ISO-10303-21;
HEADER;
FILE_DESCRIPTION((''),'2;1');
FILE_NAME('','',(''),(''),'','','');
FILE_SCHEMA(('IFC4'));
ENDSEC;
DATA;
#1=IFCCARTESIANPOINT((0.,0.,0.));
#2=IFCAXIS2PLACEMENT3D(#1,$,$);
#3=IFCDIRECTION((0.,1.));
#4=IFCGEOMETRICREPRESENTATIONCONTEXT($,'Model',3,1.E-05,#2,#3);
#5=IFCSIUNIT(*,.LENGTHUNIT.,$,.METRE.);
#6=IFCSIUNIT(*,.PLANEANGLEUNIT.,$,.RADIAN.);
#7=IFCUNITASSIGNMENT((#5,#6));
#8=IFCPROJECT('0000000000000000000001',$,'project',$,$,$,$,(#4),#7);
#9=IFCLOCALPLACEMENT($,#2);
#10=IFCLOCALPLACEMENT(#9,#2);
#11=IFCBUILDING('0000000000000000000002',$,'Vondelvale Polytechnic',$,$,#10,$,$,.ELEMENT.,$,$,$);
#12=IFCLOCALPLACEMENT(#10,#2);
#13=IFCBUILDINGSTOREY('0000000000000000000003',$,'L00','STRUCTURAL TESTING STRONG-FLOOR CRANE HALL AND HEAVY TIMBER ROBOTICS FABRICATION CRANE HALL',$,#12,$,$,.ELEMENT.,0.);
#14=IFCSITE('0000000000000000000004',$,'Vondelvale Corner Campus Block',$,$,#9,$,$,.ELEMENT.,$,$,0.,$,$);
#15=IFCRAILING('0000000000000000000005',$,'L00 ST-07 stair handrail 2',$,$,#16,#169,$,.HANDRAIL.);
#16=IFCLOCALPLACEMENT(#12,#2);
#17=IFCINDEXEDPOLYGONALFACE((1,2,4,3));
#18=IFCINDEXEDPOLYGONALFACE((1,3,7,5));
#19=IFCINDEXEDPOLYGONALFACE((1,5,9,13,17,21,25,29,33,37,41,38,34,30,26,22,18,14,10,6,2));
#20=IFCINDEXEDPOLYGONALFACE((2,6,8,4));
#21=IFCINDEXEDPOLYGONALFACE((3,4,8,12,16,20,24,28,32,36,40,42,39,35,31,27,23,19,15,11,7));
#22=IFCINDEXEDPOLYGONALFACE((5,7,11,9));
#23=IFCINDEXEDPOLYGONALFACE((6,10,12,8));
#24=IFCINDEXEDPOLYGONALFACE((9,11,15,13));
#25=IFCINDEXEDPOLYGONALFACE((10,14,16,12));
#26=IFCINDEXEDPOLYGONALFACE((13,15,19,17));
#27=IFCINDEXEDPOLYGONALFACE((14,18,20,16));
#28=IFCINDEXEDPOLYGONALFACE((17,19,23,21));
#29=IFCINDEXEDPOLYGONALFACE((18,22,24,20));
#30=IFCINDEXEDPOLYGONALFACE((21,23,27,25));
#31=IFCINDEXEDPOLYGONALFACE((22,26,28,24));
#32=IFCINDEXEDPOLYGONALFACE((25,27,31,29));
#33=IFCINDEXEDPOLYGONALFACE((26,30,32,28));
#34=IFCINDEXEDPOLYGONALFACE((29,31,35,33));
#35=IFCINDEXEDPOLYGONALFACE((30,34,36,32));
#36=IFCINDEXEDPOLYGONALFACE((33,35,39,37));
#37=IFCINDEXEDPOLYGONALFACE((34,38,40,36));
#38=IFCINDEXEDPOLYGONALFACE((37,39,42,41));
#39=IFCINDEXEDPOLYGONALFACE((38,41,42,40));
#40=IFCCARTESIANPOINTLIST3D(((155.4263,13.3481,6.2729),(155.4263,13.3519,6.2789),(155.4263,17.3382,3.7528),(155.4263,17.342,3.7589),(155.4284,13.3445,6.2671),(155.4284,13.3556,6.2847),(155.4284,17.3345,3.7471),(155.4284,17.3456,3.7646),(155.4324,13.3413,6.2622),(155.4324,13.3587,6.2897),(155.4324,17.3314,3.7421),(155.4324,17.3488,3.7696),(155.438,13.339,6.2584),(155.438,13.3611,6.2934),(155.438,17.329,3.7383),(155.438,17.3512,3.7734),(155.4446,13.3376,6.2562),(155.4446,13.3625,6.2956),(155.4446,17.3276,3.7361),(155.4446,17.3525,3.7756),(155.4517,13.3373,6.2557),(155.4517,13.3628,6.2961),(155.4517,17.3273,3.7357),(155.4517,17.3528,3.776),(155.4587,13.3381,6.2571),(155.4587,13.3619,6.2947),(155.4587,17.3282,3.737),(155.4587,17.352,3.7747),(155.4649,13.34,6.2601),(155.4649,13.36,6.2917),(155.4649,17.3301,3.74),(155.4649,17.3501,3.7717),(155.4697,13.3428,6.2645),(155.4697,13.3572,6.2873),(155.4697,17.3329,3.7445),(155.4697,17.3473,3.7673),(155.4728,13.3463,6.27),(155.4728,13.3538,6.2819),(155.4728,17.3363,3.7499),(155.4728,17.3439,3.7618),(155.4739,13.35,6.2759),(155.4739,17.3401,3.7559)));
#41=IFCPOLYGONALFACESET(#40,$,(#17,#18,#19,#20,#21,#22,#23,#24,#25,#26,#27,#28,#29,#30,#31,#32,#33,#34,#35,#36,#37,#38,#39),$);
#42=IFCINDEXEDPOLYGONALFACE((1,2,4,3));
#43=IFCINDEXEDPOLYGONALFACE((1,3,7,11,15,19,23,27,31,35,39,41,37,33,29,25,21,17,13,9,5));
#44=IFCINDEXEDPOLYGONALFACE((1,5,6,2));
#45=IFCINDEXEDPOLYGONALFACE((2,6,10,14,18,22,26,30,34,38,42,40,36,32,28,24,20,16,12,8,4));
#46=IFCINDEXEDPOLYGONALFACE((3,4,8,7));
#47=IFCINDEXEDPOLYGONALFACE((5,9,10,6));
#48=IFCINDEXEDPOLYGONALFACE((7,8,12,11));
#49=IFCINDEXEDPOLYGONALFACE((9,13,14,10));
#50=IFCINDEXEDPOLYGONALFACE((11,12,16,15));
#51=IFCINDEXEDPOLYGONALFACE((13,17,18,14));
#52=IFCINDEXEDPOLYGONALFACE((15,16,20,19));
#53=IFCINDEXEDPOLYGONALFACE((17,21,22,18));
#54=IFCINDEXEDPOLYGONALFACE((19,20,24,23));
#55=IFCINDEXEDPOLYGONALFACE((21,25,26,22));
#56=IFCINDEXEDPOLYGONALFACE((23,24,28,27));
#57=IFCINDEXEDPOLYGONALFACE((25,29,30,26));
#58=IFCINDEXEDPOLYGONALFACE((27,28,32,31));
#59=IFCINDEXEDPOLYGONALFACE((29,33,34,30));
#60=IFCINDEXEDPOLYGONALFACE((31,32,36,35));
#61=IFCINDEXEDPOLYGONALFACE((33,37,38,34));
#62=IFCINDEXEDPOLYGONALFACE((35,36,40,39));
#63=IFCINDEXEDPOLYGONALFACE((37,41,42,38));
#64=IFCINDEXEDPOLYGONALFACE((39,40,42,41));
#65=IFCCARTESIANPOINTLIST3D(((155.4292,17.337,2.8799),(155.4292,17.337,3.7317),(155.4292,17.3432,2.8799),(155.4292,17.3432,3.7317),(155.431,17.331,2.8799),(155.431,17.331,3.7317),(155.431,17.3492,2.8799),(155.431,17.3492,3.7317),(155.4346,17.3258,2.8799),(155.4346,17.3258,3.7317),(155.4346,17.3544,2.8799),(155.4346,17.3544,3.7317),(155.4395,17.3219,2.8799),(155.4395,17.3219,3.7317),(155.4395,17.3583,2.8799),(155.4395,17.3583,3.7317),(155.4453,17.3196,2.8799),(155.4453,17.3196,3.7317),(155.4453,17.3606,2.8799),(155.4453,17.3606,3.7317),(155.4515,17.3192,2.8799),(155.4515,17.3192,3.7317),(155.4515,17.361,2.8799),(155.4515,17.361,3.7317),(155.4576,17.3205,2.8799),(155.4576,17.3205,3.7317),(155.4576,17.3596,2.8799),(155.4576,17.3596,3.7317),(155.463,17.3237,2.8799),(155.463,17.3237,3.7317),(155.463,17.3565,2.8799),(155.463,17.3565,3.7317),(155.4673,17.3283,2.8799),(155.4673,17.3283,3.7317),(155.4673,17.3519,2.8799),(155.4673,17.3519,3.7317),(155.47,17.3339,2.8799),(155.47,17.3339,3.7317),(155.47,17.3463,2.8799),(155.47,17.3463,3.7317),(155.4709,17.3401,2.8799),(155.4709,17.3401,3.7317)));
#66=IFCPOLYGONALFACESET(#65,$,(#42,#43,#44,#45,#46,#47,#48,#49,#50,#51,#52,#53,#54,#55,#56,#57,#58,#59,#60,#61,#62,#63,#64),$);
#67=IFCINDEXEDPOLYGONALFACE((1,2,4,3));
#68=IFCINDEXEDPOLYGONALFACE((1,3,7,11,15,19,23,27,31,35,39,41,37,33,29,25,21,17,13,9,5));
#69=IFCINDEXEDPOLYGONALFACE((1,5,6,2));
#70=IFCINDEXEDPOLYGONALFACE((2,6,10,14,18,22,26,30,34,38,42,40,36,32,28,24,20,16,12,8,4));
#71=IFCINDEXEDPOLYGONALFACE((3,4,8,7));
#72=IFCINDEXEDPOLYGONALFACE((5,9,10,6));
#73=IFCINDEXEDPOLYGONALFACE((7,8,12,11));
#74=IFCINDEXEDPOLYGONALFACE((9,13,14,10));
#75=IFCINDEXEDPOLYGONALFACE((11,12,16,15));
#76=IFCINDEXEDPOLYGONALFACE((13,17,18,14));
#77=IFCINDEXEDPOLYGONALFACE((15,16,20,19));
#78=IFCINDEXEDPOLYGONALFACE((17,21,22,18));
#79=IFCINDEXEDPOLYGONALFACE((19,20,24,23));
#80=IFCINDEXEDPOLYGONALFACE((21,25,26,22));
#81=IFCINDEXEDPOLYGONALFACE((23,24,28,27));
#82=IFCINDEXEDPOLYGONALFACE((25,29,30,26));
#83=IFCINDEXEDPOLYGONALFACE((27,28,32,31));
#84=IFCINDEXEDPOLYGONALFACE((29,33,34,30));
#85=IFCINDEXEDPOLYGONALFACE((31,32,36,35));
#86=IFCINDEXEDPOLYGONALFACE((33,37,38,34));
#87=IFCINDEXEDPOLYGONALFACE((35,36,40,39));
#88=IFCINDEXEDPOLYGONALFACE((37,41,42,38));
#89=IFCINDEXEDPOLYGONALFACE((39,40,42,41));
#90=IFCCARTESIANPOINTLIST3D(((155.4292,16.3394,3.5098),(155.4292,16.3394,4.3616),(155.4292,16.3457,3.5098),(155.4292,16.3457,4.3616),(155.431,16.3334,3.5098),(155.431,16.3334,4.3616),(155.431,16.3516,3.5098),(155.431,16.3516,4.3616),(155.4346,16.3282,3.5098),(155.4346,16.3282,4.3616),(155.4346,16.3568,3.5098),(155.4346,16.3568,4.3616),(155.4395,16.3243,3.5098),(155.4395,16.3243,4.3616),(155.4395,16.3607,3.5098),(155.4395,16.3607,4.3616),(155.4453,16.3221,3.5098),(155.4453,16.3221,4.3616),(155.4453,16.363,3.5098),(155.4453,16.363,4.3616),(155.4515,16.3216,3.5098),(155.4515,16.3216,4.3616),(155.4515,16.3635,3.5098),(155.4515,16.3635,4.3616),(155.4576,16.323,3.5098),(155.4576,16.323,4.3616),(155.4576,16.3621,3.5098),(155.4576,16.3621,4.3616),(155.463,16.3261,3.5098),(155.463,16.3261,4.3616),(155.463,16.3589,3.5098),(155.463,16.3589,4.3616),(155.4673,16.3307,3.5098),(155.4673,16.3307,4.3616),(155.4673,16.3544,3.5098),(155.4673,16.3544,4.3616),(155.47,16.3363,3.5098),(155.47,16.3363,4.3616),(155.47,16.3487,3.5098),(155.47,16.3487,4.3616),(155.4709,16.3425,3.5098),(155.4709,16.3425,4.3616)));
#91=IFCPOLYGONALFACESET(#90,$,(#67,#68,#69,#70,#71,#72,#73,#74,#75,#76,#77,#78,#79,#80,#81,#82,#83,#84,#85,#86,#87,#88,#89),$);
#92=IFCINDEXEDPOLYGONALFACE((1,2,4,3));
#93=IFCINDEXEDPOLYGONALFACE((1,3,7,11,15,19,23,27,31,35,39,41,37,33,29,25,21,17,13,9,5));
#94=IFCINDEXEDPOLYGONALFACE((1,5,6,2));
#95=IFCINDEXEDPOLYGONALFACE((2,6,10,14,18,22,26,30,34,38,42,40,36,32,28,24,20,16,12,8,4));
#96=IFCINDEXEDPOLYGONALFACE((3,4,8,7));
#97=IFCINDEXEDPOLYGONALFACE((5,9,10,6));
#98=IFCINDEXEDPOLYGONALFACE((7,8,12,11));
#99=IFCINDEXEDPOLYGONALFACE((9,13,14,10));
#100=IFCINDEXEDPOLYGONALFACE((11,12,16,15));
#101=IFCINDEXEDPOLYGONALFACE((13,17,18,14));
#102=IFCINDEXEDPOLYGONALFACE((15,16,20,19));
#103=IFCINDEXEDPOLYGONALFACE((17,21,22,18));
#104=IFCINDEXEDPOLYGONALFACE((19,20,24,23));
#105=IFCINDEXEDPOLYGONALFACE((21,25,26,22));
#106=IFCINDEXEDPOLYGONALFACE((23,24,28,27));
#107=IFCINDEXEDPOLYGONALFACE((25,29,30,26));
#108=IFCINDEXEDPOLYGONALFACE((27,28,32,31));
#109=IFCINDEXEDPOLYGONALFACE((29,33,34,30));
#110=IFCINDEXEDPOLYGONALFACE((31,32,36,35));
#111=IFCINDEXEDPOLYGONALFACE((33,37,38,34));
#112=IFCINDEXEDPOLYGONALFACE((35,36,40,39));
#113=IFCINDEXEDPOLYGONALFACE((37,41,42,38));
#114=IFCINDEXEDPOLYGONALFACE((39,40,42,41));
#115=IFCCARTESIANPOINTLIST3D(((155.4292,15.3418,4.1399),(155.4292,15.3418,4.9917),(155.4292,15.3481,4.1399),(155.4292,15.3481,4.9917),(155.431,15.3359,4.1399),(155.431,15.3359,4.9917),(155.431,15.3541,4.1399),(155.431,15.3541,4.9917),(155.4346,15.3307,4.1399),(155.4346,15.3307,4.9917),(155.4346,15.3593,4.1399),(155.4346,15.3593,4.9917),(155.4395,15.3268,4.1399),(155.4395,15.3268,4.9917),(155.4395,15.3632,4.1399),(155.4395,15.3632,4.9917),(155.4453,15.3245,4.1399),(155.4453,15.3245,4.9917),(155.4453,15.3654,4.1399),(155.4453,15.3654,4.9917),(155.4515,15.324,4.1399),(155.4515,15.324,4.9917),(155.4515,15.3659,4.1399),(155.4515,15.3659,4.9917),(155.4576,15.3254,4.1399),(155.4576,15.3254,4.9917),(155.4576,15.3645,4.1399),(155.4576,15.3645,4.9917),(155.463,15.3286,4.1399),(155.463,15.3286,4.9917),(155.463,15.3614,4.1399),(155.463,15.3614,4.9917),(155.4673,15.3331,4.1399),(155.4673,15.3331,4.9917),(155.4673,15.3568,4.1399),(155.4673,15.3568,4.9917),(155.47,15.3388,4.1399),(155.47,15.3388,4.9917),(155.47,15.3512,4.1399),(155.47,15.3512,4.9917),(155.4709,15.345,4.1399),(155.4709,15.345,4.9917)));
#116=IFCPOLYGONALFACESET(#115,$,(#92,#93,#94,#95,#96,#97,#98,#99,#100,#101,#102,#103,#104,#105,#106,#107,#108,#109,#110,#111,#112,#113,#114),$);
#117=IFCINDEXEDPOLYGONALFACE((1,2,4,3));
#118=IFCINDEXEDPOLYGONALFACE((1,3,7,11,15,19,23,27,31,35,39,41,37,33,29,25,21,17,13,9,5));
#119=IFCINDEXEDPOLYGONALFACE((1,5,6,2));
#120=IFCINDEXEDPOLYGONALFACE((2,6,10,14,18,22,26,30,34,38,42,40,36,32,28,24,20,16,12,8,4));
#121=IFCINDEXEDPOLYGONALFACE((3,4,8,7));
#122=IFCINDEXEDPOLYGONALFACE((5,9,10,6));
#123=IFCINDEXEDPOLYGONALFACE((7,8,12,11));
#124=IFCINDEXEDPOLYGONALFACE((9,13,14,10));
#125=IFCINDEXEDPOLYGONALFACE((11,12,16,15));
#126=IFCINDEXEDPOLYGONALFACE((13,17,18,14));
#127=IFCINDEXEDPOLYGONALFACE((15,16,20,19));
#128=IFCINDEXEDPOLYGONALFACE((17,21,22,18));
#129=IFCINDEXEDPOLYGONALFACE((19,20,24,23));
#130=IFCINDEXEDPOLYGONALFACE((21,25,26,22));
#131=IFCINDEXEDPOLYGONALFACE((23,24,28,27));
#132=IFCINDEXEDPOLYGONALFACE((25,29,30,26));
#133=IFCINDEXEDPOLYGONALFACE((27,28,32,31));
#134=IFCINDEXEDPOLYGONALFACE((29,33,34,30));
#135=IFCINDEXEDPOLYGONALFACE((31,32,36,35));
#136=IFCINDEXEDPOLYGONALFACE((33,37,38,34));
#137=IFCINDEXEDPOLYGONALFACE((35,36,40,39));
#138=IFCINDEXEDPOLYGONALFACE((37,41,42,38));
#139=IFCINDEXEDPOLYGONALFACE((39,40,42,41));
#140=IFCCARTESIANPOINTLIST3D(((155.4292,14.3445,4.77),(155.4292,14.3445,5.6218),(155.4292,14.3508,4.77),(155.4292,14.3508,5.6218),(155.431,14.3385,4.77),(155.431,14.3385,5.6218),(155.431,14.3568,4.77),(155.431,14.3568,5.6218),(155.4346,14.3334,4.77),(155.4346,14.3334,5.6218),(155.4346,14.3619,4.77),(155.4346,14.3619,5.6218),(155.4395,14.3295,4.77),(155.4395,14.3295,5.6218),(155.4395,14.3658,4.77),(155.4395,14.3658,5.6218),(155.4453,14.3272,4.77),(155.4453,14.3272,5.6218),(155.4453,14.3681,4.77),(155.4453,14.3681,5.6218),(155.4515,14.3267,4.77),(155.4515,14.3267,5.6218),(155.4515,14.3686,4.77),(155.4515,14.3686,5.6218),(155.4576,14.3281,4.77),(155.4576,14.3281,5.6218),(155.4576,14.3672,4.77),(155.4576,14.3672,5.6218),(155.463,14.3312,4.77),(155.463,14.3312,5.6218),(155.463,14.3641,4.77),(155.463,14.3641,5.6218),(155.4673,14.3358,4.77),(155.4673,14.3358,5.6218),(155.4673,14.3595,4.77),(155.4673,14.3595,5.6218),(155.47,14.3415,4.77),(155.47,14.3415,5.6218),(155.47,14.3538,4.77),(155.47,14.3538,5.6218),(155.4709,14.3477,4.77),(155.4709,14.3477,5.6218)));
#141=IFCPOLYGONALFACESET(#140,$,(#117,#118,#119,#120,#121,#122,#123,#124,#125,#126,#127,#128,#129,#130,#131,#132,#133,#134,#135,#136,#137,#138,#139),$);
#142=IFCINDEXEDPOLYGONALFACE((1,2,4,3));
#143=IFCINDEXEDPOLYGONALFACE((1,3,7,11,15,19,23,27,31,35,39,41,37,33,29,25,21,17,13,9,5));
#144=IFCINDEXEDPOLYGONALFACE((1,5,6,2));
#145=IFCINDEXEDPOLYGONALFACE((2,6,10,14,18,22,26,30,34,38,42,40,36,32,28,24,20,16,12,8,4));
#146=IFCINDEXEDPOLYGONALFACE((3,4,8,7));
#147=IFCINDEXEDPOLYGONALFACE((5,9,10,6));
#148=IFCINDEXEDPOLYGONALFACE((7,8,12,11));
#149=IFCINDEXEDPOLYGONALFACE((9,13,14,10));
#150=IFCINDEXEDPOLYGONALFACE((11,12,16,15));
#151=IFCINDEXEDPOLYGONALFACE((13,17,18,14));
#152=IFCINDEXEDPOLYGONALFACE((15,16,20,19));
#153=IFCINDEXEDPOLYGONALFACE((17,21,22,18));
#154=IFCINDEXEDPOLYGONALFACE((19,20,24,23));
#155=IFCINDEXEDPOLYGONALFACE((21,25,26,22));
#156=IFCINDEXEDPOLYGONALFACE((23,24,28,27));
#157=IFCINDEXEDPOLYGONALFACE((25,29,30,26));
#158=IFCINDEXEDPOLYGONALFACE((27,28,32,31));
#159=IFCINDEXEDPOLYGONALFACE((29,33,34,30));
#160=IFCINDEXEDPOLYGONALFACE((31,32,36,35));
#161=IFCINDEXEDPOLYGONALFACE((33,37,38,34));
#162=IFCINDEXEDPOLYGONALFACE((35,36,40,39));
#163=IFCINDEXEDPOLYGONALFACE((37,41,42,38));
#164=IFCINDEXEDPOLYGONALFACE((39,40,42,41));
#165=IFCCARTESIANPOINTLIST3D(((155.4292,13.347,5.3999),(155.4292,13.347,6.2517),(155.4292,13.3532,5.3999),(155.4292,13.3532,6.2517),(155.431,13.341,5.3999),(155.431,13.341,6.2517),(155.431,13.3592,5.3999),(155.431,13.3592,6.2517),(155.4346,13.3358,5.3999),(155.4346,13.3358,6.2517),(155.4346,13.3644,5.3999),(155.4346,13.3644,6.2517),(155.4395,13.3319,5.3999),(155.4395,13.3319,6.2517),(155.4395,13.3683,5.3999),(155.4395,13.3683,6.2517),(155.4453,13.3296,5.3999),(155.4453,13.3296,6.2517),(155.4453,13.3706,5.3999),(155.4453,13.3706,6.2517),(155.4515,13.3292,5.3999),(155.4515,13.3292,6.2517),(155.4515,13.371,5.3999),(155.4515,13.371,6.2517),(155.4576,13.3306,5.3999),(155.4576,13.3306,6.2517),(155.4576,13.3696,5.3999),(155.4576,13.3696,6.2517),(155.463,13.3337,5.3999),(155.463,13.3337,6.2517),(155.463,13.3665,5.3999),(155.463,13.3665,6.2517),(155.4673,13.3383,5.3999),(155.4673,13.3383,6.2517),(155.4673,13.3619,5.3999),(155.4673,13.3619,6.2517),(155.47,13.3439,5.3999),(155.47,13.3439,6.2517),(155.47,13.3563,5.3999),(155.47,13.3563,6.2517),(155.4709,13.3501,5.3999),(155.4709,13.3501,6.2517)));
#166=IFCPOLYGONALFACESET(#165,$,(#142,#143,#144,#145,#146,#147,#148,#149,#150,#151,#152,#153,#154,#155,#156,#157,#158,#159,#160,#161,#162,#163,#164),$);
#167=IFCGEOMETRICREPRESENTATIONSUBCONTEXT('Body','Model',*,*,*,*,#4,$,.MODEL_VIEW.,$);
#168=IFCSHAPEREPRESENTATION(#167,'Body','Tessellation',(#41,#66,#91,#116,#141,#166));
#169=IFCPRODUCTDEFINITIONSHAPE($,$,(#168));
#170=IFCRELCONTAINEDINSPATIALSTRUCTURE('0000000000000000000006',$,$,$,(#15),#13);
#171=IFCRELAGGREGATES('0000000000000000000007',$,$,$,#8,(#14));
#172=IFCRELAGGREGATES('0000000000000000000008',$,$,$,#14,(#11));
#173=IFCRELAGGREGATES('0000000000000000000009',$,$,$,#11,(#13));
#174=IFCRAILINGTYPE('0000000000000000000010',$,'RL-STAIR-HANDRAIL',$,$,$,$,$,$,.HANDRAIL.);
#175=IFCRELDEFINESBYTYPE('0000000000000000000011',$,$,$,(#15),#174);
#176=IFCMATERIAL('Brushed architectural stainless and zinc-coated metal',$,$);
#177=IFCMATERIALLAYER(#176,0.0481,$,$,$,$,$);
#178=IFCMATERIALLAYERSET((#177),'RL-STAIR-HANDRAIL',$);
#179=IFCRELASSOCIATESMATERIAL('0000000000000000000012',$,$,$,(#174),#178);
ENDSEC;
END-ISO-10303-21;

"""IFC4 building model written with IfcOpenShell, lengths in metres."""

from ifc_helpers import new_model, si_unit, direction, frame, origin, origin_2d, place, context, subcontext, project, spatial, circle, extrude, material, layer, layer_set, type_object, element, save


model = new_model("IFC4")

# Units and contexts
model_context = context("Model", 3, precision=1e-05, world=origin(), true_north=direction((0.0, 1.0)))
body_context = subcontext(model_context, "Body", "Model", "MODEL_VIEW")
ifc_project = project(units=[si_unit("LENGTHUNIT", "METRE"), si_unit("PLANEANGLEUNIT", "RADIAN")], contexts=[model_context])

# Site, building, storey
site_placement = place(None, origin())
site = spatial("IfcSite", under=ifc_project, at=site_placement, Name="Vondelvale Corner Campus Block", CompositionType="ELEMENT", RefElevation=0.0)
building_placement = place(site_placement, origin())
building = spatial("IfcBuilding", under=site, at=building_placement, Name="Vondelvale Polytechnic", CompositionType="ELEMENT")
storey_placement = place(building_placement, origin())
storey = spatial("IfcBuildingStorey", under=building, at=storey_placement, Name="L00", Description="STRUCTURAL TESTING STRONG-FLOOR CRANE HALL AND HEAVY TIMBER ROBOTICS FABRICATION CRANE HALL", CompositionType="ELEMENT", Elevation=0.0)

# Railing
ifc_material_1 = material(Name="Brushed architectural stainless and zinc-coated metal")
ifc_layer_1 = layer(ifc_material_1, 0.0481)
ifc_layer_set_1 = layer_set([ifc_layer_1], Name="RL-STAIR-HANDRAIL")
railing_type_1 = type_object("IfcRailingType", Name="RL-STAIR-HANDRAIL", PredefinedType="HANDRAIL", material=ifc_layer_set_1)
for number, where, name in (
    (1, (155.45, 17.3401, 2.8799), "L00 ST-07 stair handrail 2"),
):
    element("IfcRailing", number, at=place(storey_placement, frame(where)), inside=storey, type_object=railing_type_1, Name=name, PredefinedType="HANDRAIL", context=body_context, shape_type="SweptSolid", body=[
        extrude(circle(Radius=0.0239, at=origin_2d()), frame((0.0, 0.0, 0.876), z_axis=(0.0, -0.845486, 0.533997), x_axis=(1.0, 0.0, 0.0)), (0.0, 0.0, 1.0), 4.7192),
        extrude(circle(Radius=0.021, at=origin_2d()), origin(), (0.0, 0.0, 1.0), 0.8518),
        extrude(circle(Radius=0.021, at=origin_2d()), frame((0.0, -0.9976, 0.6299)), (0.0, 0.0, 1.0), 0.8518),
        extrude(circle(Radius=0.021, at=origin_2d()), frame((0.0, -1.9951, 1.26)), (0.0, 0.0, 1.0), 0.8518),
        extrude(circle(Radius=0.021, at=origin_2d()), frame((0.0, -2.9924, 1.8901)), (0.0, 0.0, 1.0), 0.8518),
        extrude(circle(Radius=0.021, at=origin_2d()), frame((0.0, -3.99, 2.52)), (0.0, 0.0, 1.0), 0.8518),
    ])

save(model, "model.ifc")
